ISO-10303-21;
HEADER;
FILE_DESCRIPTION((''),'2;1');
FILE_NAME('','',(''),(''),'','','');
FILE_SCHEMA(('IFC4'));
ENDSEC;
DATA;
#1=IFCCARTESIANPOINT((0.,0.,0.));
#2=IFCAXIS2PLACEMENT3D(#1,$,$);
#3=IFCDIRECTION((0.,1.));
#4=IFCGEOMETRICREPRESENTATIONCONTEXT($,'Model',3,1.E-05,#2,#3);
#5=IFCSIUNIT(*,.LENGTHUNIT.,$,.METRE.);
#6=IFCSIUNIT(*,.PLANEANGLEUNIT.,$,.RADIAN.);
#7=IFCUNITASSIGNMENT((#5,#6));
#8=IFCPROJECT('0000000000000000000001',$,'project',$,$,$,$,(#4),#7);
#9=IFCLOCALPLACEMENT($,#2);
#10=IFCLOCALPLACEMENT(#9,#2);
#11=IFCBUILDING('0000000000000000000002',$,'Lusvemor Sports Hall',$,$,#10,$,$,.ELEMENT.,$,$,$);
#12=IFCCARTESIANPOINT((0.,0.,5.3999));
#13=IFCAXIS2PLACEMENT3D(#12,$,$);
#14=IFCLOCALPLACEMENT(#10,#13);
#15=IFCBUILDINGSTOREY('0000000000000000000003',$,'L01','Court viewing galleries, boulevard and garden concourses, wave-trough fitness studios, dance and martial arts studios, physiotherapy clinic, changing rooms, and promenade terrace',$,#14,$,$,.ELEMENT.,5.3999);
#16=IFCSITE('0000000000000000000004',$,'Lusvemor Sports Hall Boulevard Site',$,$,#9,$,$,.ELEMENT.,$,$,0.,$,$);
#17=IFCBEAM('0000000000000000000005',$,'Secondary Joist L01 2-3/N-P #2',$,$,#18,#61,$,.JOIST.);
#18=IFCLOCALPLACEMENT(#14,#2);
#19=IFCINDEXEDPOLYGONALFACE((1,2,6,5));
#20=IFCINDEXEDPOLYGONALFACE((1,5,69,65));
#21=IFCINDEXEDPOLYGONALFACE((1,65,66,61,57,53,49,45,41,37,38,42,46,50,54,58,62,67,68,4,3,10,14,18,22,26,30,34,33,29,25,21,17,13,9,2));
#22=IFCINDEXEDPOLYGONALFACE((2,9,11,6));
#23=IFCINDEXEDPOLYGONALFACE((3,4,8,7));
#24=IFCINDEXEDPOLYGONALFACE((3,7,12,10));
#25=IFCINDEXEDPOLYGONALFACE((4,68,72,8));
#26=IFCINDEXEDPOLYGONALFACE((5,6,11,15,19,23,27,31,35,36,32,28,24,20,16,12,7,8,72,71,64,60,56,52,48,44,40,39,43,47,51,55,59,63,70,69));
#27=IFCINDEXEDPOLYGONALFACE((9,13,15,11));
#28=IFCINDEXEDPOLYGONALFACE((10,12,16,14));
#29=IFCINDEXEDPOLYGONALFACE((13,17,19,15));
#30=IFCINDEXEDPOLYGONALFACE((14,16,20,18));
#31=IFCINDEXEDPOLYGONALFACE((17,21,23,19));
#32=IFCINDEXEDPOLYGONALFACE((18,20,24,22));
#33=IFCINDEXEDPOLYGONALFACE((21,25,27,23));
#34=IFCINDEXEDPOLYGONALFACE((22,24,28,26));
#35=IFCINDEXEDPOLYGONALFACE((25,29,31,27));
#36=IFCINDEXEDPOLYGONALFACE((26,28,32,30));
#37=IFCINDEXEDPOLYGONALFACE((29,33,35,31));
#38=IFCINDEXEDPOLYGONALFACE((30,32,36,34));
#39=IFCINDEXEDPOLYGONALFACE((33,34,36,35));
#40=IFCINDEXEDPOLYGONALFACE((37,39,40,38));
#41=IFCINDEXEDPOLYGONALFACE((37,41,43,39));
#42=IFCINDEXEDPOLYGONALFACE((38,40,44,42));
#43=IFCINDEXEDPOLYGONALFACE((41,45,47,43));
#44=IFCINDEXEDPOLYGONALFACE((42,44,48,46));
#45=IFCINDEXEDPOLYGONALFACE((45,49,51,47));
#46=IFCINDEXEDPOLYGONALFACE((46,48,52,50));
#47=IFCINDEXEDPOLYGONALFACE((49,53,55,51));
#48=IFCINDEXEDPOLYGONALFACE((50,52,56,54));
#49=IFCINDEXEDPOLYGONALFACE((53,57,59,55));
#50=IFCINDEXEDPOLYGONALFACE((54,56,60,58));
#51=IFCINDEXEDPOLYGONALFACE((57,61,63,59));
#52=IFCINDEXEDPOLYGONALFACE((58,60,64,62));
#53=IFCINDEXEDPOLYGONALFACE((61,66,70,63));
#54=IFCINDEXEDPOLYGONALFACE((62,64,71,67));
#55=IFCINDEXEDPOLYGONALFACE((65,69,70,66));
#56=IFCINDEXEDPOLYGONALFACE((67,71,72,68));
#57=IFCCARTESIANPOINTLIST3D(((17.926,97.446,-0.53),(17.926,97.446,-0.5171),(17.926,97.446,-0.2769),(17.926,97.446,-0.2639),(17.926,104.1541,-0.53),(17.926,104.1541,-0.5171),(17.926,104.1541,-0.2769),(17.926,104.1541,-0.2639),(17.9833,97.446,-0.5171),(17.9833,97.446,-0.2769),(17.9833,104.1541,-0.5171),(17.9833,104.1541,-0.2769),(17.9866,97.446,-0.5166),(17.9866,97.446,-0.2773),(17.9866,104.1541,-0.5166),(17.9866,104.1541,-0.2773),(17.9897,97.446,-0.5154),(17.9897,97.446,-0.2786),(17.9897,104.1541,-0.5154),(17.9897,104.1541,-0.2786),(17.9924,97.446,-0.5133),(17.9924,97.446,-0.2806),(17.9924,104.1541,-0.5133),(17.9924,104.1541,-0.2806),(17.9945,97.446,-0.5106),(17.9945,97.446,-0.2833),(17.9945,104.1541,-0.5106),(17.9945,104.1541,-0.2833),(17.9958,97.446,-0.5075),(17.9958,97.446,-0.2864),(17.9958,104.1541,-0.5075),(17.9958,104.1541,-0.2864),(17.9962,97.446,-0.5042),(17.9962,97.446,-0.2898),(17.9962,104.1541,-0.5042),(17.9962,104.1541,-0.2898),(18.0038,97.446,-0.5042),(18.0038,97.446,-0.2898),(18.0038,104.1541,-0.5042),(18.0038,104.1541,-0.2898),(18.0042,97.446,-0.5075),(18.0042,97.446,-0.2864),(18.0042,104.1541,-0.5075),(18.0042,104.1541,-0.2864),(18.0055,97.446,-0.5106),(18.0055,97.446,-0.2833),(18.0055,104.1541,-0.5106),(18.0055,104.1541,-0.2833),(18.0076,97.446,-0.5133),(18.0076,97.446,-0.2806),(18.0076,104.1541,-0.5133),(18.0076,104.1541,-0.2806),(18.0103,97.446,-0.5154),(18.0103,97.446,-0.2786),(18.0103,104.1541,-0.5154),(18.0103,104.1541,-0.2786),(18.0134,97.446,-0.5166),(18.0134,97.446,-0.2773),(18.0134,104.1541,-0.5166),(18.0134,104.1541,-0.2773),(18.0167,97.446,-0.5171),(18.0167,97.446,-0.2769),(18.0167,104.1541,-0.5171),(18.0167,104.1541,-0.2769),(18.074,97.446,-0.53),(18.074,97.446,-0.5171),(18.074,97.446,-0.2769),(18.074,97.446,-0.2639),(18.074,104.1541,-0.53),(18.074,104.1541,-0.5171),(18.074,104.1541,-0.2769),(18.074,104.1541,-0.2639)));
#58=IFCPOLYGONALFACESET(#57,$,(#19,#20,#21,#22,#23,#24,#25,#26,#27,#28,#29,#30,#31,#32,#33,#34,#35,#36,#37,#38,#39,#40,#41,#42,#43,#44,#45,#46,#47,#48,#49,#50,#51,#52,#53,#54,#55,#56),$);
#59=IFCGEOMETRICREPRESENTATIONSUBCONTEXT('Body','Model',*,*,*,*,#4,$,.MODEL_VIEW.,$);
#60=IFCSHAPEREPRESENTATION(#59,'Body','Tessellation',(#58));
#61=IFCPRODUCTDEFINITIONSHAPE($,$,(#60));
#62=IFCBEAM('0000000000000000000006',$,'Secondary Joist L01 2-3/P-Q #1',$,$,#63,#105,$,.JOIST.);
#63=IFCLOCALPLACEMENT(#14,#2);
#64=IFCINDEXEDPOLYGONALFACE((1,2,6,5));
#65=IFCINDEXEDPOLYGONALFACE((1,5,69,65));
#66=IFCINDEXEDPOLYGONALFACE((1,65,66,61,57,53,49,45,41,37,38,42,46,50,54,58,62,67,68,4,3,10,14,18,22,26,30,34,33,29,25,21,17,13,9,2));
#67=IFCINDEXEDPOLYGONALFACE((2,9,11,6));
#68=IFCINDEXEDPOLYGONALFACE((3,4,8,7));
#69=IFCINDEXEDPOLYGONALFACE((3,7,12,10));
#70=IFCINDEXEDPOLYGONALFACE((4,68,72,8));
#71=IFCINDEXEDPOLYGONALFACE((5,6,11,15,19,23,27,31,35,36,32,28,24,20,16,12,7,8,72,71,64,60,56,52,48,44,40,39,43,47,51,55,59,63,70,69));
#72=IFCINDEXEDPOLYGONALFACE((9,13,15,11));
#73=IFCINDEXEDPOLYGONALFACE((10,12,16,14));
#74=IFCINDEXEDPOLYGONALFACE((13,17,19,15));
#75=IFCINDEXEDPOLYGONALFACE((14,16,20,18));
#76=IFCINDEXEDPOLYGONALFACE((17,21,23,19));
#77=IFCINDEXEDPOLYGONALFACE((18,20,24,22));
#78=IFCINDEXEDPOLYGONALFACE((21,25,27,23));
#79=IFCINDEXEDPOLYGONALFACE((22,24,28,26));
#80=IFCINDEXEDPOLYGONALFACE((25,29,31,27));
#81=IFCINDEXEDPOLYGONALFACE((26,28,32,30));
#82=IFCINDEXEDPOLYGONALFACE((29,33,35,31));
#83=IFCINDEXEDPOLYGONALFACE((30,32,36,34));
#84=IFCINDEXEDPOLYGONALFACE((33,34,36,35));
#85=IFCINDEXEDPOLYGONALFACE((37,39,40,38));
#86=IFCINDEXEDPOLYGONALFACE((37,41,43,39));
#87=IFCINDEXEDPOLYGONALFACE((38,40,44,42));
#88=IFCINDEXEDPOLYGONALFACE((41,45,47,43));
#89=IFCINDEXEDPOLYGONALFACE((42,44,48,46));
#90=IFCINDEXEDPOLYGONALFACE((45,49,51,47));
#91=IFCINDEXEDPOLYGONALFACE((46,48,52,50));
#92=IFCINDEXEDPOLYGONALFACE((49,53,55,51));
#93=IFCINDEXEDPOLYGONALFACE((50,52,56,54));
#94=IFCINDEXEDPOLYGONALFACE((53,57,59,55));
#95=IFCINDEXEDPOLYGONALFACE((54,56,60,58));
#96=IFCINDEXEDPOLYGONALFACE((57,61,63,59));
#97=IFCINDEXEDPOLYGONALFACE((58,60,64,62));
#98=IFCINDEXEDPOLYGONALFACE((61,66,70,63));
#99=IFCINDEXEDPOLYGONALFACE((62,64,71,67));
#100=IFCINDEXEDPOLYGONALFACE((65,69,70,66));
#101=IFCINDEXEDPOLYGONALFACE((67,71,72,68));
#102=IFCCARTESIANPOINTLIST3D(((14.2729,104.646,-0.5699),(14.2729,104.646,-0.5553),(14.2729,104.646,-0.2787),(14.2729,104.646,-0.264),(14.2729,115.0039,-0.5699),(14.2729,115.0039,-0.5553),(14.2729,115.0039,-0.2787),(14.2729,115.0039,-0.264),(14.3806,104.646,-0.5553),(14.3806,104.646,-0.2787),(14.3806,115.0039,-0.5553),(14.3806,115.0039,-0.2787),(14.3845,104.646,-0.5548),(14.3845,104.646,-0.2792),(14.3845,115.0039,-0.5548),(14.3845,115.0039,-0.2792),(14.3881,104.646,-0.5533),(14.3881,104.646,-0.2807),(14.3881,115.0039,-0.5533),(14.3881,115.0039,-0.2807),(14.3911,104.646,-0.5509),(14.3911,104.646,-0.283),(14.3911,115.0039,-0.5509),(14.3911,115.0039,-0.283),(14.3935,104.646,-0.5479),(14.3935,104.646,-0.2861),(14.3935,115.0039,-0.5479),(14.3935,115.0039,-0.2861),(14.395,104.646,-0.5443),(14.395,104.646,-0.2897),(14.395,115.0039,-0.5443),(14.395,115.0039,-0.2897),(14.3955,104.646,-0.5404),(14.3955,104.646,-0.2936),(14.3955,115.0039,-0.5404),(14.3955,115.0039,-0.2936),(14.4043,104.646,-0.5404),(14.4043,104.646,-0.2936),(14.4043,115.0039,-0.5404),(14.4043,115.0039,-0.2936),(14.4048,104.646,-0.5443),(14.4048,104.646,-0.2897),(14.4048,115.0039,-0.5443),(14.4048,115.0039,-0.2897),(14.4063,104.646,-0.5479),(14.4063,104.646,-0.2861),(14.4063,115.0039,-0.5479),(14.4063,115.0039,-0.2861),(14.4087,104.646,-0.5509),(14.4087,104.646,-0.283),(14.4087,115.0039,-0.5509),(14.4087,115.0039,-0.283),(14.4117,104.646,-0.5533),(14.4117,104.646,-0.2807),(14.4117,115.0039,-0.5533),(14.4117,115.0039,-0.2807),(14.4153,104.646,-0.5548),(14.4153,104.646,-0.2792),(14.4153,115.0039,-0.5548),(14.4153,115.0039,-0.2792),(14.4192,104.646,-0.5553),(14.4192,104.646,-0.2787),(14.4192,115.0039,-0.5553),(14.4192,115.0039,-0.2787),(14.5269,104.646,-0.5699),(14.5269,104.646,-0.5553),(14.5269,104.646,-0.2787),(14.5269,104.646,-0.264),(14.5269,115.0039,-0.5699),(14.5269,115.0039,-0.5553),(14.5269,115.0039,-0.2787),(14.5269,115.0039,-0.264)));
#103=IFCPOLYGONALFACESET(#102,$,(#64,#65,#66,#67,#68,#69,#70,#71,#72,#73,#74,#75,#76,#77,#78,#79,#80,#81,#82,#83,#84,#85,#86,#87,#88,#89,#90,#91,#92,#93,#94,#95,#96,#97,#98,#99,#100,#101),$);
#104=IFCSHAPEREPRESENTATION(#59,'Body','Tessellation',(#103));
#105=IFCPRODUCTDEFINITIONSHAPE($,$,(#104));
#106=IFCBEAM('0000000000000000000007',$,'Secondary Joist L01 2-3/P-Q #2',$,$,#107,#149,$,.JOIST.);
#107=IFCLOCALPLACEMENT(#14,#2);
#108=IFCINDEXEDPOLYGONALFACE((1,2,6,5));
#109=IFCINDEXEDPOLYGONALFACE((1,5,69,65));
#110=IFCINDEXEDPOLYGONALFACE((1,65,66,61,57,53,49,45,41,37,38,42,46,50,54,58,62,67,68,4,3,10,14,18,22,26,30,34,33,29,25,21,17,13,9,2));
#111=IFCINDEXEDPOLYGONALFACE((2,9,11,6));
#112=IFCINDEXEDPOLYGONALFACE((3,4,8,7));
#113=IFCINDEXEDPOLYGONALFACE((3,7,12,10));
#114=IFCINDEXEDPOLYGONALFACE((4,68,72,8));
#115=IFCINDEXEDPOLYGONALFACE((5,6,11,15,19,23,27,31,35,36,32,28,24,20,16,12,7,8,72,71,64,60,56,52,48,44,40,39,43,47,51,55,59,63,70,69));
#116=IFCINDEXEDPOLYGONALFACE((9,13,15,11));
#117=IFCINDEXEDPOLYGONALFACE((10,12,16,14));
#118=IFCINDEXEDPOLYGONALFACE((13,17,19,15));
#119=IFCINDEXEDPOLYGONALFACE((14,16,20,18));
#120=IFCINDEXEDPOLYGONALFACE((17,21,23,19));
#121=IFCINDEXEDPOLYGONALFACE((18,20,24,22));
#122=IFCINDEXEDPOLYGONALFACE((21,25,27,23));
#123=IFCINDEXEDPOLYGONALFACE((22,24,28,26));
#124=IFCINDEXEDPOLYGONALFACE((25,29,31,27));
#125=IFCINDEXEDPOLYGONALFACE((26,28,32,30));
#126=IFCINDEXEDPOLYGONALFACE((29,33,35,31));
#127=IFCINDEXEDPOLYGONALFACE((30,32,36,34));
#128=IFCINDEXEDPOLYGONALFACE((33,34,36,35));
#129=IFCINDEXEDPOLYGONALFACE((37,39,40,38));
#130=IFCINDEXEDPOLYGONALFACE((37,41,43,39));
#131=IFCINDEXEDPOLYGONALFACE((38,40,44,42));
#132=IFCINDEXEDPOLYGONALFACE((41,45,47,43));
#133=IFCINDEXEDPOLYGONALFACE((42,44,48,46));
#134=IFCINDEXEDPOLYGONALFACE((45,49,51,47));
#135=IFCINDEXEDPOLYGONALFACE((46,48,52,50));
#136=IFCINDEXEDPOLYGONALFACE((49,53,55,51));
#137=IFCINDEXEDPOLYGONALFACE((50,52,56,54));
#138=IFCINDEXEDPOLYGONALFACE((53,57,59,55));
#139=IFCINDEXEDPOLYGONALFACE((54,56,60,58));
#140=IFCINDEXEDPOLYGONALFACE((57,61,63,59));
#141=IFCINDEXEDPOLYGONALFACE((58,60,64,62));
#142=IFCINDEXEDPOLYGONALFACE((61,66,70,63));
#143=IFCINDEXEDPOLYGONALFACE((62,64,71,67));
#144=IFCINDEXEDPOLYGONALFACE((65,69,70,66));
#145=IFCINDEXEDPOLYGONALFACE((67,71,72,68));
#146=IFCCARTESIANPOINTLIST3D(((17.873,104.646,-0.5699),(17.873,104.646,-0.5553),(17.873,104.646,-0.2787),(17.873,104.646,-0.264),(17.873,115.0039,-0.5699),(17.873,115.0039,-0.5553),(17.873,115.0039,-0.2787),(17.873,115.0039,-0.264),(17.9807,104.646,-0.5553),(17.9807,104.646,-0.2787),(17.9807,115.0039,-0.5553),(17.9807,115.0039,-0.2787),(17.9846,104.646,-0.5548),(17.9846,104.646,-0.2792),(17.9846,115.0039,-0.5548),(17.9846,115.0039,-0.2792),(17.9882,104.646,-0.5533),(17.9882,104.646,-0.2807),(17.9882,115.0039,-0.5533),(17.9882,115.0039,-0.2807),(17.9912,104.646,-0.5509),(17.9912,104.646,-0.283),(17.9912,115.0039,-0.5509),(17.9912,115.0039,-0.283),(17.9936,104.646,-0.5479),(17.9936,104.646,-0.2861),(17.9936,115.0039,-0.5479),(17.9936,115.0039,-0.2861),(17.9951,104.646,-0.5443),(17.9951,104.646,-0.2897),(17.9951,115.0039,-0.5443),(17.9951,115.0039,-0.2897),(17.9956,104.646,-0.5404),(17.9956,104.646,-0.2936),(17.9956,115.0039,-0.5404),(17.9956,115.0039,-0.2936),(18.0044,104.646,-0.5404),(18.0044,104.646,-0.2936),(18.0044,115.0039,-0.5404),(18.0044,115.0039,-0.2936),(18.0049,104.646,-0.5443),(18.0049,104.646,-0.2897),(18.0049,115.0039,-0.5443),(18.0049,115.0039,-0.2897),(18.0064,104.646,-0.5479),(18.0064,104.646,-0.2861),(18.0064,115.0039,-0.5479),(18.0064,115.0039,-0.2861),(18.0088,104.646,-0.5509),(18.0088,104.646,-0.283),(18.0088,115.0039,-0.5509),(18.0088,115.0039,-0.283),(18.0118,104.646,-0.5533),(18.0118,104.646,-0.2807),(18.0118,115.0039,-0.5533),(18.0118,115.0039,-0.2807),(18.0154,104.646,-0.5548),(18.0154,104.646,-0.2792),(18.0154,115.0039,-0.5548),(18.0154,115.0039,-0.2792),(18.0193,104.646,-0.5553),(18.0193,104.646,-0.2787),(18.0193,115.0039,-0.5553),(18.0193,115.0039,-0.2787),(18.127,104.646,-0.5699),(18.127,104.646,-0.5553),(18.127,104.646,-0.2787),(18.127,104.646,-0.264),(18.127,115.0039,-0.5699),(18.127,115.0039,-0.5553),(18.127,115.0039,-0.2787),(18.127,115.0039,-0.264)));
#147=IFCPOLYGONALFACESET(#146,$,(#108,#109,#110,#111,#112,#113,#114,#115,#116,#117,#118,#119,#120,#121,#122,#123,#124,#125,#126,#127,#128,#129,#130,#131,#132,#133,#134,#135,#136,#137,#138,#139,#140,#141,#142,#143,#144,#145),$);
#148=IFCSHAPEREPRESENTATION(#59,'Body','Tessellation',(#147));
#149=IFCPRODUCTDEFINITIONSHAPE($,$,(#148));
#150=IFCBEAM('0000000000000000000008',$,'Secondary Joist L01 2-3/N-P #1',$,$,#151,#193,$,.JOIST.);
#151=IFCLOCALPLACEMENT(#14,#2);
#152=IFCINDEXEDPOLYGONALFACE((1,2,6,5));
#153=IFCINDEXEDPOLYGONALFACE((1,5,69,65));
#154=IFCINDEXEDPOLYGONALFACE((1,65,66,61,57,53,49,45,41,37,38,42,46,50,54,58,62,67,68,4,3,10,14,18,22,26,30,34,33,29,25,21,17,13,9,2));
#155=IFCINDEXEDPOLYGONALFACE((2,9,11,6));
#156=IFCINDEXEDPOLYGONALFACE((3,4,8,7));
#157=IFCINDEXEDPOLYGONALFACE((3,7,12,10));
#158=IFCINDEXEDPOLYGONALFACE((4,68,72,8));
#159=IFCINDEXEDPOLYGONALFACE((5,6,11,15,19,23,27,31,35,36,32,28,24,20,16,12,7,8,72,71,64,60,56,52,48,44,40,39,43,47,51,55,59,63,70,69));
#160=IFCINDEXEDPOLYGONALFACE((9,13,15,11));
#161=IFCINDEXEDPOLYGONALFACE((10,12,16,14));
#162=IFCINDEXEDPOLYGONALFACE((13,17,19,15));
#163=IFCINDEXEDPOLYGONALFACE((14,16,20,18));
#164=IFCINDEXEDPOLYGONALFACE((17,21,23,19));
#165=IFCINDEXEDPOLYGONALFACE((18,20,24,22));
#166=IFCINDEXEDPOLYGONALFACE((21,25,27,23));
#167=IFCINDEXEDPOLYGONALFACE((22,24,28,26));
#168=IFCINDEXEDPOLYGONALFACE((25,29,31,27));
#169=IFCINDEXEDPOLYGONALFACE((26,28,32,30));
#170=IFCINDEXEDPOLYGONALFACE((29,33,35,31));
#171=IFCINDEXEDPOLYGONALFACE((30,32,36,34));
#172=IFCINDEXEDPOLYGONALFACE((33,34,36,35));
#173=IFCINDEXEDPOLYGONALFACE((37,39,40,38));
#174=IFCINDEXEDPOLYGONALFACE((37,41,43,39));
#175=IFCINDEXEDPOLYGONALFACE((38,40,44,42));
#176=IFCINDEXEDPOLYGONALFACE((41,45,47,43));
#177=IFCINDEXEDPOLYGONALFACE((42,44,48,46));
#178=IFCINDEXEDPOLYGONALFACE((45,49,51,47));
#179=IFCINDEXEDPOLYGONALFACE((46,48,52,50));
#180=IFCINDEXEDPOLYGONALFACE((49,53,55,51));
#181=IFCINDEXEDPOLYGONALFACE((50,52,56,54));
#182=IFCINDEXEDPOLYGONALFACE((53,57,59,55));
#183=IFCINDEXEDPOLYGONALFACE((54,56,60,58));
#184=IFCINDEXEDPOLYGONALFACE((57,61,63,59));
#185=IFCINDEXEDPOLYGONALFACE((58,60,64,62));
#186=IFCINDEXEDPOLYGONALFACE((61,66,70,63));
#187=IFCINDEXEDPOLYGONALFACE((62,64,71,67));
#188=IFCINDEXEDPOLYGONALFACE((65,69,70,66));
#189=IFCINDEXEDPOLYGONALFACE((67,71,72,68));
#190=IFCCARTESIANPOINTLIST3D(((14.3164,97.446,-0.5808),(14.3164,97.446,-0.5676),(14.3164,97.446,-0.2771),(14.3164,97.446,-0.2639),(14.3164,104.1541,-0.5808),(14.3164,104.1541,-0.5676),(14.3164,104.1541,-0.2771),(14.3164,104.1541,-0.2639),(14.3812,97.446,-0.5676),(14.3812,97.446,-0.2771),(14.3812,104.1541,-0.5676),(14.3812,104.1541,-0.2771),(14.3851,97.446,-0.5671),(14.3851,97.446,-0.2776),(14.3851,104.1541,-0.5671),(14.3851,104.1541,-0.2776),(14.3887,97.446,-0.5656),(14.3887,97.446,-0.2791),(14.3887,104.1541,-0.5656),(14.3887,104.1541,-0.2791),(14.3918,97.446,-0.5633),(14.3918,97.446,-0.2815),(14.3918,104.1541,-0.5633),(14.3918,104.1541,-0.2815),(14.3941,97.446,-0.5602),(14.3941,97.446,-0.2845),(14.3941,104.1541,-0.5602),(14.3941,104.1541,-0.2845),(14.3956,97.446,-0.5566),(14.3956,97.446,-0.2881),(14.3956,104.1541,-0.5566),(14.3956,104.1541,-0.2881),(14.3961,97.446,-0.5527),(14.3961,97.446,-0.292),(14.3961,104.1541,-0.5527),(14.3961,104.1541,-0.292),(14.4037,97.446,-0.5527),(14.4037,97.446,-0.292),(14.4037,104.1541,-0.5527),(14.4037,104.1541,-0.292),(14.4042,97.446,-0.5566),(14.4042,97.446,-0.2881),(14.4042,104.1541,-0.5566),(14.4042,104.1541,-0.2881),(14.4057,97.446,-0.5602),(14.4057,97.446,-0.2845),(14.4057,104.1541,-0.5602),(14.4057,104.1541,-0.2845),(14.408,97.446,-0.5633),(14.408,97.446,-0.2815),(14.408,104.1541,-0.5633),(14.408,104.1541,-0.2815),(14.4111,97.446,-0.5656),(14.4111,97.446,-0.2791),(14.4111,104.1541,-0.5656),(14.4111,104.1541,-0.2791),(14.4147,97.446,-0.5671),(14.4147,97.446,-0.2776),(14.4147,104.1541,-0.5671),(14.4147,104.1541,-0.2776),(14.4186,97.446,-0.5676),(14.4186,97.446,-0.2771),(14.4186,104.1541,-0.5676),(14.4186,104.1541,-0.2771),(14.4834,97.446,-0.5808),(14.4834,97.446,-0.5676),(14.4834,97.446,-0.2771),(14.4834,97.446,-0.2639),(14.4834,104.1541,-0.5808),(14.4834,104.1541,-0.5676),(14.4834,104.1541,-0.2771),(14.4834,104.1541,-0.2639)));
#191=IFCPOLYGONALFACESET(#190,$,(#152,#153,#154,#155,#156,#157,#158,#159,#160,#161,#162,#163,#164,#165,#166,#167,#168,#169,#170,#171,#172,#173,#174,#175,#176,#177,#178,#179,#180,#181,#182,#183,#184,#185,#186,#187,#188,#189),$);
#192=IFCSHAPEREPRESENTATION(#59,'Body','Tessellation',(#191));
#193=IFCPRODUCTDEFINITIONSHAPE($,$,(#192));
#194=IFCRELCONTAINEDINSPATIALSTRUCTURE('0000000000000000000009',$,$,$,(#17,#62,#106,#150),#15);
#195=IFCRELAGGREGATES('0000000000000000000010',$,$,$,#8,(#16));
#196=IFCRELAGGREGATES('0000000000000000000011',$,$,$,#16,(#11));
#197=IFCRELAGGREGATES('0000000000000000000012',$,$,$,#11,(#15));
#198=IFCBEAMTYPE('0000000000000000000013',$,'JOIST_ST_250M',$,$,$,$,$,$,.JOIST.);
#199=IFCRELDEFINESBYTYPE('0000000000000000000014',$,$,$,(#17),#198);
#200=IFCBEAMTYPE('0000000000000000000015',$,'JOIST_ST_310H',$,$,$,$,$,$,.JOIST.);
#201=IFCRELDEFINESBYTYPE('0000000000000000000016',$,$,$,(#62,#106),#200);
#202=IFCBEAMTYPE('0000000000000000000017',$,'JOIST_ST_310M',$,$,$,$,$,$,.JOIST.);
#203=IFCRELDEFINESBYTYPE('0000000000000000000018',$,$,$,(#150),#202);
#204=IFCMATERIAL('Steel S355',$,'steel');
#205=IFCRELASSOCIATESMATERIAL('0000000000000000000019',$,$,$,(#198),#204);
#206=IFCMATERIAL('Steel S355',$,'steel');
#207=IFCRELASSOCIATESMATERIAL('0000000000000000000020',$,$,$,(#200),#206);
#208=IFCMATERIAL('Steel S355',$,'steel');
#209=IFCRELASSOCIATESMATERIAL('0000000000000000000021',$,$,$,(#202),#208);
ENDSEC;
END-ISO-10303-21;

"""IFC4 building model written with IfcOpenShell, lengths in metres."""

from ifc_helpers import new_model, si_unit, direction, frame, origin, origin_2d, place, context, subcontext, project, spatial, i_section, extrude, material, material_profile, profile_set, type_object, element, save


model = new_model("IFC4")

# Units and contexts
model_context = context("Model", 3, precision=1e-05, world=origin(), true_north=direction((0.0, 1.0)))
body_context = subcontext(model_context, "Body", "Model", "MODEL_VIEW")
ifc_project = project(units=[si_unit("LENGTHUNIT", "METRE"), si_unit("PLANEANGLEUNIT", "RADIAN")], contexts=[model_context])

# Site, building, storey
site_placement = place(None, origin())
site = spatial("IfcSite", under=ifc_project, at=site_placement, Name="Lusvemor Sports Hall Boulevard Site", CompositionType="ELEMENT", RefElevation=0.0)
building_placement = place(site_placement, origin())
building = spatial("IfcBuilding", under=site, at=building_placement, Name="Lusvemor Sports Hall", CompositionType="ELEMENT")
storey_placement = place(building_placement, frame((0.0, 0.0, 5.3999)))
storey = spatial("IfcBuildingStorey", under=building, at=storey_placement, Name="L01", Description="Court viewing galleries, boulevard and garden concourses, wave-trough fitness studios, dance and martial arts studios, physiotherapy clinic, changing rooms, and promenade terrace", CompositionType="ELEMENT", Elevation=5.3999)

# Beams
ifc_material_1 = material(Name="Steel S355", Category="steel")
ifc_material_profile_1 = material_profile(ifc_material_1, i_section(OverallWidth=0.1479, OverallDepth=0.2661, WebThickness=0.0076, FlangeThickness=0.0129, FilletRadius=0.0129, at=origin_2d()), Name="W250x44.8")
ifc_profile_set_1 = profile_set([ifc_material_profile_1], Name="Steel S355")
beam_type_1 = type_object("IfcBeamType", Name="JOIST_ST_250M", PredefinedType="JOIST", material=ifc_profile_set_1)
beam_1_placement = place(storey_placement, frame((18.0, 97.446, -0.397), z_axis=(0.0, 1.0, 0.0), x_axis=(-1.0, 0.0, 0.0)))
element("IfcBeam", 1, at=beam_1_placement, inside=storey, type_object=beam_type_1, Name="Secondary Joist L01 2-3/N-P #2", PredefinedType="JOIST", context=body_context, shape_type="SweptSolid", body=[
    extrude(i_section(OverallWidth=0.1479, OverallDepth=0.2661, WebThickness=0.0076, FlangeThickness=0.0129, FilletRadius=0.0129, at=origin_2d()), origin(), (0.0, 0.0, 1.0), 6.708),
])
ifc_material_2 = material(Name="Steel S355", Category="steel")
ifc_material_profile_2 = material_profile(ifc_material_2, i_section(OverallWidth=0.2539, OverallDepth=0.3059, WebThickness=0.0088, FlangeThickness=0.0146, FilletRadius=0.0149, at=origin_2d()), Name="W310x79.0")
ifc_profile_set_2 = profile_set([ifc_material_profile_2], Name="Steel S355")
beam_type_2 = type_object("IfcBeamType", Name="JOIST_ST_310H", PredefinedType="JOIST", material=ifc_profile_set_2)
for number, where, z_axis, x_axis, name in (
    (2, (14.3999, 104.646, -0.417), (0.0, 1.0, 0.0), (-1.0, 0.0, 0.0), "Secondary Joist L01 2-3/P-Q #1"),
    (3, (18.0, 104.646, -0.417), (0.0, 1.0, 0.0), (-1.0, 0.0, 0.0), "Secondary Joist L01 2-3/P-Q #2"),
):
    element("IfcBeam", number, at=place(storey_placement, frame(where, z_axis=z_axis, x_axis=x_axis)), inside=storey, type_object=beam_type_2, Name=name, PredefinedType="JOIST", context=body_context, shape_type="SweptSolid", body=[
        extrude(i_section(OverallWidth=0.2539, OverallDepth=0.3059, WebThickness=0.0088, FlangeThickness=0.0146, FilletRadius=0.0149, at=origin_2d()), origin(), (0.0, 0.0, 1.0), 10.3579),
    ])
ifc_material_3 = material(Name="Steel S355", Category="steel")
ifc_material_profile_3 = material_profile(ifc_material_3, i_section(OverallWidth=0.167, OverallDepth=0.3169, WebThickness=0.0076, FlangeThickness=0.0132, FilletRadius=0.0149, at=origin_2d()), Name="W310x52.0")
ifc_profile_set_3 = profile_set([ifc_material_profile_3], Name="Steel S355")
beam_type_3 = type_object("IfcBeamType", Name="JOIST_ST_310M", PredefinedType="JOIST", material=ifc_profile_set_3)
beam_2_placement = place(storey_placement, frame((14.3999, 97.446, -0.4224), z_axis=(0.0, 1.0, 0.0), x_axis=(-1.0, 0.0, 0.0)))
element("IfcBeam", 4, at=beam_2_placement, inside=storey, type_object=beam_type_3, Name="Secondary Joist L01 2-3/N-P #1", PredefinedType="JOIST", context=body_context, shape_type="SweptSolid", body=[
    extrude(i_section(OverallWidth=0.167, OverallDepth=0.3169, WebThickness=0.0076, FlangeThickness=0.0132, FilletRadius=0.0149, at=origin_2d()), origin(), (0.0, 0.0, 1.0), 6.708),
])

save(model, "model.ifc")
